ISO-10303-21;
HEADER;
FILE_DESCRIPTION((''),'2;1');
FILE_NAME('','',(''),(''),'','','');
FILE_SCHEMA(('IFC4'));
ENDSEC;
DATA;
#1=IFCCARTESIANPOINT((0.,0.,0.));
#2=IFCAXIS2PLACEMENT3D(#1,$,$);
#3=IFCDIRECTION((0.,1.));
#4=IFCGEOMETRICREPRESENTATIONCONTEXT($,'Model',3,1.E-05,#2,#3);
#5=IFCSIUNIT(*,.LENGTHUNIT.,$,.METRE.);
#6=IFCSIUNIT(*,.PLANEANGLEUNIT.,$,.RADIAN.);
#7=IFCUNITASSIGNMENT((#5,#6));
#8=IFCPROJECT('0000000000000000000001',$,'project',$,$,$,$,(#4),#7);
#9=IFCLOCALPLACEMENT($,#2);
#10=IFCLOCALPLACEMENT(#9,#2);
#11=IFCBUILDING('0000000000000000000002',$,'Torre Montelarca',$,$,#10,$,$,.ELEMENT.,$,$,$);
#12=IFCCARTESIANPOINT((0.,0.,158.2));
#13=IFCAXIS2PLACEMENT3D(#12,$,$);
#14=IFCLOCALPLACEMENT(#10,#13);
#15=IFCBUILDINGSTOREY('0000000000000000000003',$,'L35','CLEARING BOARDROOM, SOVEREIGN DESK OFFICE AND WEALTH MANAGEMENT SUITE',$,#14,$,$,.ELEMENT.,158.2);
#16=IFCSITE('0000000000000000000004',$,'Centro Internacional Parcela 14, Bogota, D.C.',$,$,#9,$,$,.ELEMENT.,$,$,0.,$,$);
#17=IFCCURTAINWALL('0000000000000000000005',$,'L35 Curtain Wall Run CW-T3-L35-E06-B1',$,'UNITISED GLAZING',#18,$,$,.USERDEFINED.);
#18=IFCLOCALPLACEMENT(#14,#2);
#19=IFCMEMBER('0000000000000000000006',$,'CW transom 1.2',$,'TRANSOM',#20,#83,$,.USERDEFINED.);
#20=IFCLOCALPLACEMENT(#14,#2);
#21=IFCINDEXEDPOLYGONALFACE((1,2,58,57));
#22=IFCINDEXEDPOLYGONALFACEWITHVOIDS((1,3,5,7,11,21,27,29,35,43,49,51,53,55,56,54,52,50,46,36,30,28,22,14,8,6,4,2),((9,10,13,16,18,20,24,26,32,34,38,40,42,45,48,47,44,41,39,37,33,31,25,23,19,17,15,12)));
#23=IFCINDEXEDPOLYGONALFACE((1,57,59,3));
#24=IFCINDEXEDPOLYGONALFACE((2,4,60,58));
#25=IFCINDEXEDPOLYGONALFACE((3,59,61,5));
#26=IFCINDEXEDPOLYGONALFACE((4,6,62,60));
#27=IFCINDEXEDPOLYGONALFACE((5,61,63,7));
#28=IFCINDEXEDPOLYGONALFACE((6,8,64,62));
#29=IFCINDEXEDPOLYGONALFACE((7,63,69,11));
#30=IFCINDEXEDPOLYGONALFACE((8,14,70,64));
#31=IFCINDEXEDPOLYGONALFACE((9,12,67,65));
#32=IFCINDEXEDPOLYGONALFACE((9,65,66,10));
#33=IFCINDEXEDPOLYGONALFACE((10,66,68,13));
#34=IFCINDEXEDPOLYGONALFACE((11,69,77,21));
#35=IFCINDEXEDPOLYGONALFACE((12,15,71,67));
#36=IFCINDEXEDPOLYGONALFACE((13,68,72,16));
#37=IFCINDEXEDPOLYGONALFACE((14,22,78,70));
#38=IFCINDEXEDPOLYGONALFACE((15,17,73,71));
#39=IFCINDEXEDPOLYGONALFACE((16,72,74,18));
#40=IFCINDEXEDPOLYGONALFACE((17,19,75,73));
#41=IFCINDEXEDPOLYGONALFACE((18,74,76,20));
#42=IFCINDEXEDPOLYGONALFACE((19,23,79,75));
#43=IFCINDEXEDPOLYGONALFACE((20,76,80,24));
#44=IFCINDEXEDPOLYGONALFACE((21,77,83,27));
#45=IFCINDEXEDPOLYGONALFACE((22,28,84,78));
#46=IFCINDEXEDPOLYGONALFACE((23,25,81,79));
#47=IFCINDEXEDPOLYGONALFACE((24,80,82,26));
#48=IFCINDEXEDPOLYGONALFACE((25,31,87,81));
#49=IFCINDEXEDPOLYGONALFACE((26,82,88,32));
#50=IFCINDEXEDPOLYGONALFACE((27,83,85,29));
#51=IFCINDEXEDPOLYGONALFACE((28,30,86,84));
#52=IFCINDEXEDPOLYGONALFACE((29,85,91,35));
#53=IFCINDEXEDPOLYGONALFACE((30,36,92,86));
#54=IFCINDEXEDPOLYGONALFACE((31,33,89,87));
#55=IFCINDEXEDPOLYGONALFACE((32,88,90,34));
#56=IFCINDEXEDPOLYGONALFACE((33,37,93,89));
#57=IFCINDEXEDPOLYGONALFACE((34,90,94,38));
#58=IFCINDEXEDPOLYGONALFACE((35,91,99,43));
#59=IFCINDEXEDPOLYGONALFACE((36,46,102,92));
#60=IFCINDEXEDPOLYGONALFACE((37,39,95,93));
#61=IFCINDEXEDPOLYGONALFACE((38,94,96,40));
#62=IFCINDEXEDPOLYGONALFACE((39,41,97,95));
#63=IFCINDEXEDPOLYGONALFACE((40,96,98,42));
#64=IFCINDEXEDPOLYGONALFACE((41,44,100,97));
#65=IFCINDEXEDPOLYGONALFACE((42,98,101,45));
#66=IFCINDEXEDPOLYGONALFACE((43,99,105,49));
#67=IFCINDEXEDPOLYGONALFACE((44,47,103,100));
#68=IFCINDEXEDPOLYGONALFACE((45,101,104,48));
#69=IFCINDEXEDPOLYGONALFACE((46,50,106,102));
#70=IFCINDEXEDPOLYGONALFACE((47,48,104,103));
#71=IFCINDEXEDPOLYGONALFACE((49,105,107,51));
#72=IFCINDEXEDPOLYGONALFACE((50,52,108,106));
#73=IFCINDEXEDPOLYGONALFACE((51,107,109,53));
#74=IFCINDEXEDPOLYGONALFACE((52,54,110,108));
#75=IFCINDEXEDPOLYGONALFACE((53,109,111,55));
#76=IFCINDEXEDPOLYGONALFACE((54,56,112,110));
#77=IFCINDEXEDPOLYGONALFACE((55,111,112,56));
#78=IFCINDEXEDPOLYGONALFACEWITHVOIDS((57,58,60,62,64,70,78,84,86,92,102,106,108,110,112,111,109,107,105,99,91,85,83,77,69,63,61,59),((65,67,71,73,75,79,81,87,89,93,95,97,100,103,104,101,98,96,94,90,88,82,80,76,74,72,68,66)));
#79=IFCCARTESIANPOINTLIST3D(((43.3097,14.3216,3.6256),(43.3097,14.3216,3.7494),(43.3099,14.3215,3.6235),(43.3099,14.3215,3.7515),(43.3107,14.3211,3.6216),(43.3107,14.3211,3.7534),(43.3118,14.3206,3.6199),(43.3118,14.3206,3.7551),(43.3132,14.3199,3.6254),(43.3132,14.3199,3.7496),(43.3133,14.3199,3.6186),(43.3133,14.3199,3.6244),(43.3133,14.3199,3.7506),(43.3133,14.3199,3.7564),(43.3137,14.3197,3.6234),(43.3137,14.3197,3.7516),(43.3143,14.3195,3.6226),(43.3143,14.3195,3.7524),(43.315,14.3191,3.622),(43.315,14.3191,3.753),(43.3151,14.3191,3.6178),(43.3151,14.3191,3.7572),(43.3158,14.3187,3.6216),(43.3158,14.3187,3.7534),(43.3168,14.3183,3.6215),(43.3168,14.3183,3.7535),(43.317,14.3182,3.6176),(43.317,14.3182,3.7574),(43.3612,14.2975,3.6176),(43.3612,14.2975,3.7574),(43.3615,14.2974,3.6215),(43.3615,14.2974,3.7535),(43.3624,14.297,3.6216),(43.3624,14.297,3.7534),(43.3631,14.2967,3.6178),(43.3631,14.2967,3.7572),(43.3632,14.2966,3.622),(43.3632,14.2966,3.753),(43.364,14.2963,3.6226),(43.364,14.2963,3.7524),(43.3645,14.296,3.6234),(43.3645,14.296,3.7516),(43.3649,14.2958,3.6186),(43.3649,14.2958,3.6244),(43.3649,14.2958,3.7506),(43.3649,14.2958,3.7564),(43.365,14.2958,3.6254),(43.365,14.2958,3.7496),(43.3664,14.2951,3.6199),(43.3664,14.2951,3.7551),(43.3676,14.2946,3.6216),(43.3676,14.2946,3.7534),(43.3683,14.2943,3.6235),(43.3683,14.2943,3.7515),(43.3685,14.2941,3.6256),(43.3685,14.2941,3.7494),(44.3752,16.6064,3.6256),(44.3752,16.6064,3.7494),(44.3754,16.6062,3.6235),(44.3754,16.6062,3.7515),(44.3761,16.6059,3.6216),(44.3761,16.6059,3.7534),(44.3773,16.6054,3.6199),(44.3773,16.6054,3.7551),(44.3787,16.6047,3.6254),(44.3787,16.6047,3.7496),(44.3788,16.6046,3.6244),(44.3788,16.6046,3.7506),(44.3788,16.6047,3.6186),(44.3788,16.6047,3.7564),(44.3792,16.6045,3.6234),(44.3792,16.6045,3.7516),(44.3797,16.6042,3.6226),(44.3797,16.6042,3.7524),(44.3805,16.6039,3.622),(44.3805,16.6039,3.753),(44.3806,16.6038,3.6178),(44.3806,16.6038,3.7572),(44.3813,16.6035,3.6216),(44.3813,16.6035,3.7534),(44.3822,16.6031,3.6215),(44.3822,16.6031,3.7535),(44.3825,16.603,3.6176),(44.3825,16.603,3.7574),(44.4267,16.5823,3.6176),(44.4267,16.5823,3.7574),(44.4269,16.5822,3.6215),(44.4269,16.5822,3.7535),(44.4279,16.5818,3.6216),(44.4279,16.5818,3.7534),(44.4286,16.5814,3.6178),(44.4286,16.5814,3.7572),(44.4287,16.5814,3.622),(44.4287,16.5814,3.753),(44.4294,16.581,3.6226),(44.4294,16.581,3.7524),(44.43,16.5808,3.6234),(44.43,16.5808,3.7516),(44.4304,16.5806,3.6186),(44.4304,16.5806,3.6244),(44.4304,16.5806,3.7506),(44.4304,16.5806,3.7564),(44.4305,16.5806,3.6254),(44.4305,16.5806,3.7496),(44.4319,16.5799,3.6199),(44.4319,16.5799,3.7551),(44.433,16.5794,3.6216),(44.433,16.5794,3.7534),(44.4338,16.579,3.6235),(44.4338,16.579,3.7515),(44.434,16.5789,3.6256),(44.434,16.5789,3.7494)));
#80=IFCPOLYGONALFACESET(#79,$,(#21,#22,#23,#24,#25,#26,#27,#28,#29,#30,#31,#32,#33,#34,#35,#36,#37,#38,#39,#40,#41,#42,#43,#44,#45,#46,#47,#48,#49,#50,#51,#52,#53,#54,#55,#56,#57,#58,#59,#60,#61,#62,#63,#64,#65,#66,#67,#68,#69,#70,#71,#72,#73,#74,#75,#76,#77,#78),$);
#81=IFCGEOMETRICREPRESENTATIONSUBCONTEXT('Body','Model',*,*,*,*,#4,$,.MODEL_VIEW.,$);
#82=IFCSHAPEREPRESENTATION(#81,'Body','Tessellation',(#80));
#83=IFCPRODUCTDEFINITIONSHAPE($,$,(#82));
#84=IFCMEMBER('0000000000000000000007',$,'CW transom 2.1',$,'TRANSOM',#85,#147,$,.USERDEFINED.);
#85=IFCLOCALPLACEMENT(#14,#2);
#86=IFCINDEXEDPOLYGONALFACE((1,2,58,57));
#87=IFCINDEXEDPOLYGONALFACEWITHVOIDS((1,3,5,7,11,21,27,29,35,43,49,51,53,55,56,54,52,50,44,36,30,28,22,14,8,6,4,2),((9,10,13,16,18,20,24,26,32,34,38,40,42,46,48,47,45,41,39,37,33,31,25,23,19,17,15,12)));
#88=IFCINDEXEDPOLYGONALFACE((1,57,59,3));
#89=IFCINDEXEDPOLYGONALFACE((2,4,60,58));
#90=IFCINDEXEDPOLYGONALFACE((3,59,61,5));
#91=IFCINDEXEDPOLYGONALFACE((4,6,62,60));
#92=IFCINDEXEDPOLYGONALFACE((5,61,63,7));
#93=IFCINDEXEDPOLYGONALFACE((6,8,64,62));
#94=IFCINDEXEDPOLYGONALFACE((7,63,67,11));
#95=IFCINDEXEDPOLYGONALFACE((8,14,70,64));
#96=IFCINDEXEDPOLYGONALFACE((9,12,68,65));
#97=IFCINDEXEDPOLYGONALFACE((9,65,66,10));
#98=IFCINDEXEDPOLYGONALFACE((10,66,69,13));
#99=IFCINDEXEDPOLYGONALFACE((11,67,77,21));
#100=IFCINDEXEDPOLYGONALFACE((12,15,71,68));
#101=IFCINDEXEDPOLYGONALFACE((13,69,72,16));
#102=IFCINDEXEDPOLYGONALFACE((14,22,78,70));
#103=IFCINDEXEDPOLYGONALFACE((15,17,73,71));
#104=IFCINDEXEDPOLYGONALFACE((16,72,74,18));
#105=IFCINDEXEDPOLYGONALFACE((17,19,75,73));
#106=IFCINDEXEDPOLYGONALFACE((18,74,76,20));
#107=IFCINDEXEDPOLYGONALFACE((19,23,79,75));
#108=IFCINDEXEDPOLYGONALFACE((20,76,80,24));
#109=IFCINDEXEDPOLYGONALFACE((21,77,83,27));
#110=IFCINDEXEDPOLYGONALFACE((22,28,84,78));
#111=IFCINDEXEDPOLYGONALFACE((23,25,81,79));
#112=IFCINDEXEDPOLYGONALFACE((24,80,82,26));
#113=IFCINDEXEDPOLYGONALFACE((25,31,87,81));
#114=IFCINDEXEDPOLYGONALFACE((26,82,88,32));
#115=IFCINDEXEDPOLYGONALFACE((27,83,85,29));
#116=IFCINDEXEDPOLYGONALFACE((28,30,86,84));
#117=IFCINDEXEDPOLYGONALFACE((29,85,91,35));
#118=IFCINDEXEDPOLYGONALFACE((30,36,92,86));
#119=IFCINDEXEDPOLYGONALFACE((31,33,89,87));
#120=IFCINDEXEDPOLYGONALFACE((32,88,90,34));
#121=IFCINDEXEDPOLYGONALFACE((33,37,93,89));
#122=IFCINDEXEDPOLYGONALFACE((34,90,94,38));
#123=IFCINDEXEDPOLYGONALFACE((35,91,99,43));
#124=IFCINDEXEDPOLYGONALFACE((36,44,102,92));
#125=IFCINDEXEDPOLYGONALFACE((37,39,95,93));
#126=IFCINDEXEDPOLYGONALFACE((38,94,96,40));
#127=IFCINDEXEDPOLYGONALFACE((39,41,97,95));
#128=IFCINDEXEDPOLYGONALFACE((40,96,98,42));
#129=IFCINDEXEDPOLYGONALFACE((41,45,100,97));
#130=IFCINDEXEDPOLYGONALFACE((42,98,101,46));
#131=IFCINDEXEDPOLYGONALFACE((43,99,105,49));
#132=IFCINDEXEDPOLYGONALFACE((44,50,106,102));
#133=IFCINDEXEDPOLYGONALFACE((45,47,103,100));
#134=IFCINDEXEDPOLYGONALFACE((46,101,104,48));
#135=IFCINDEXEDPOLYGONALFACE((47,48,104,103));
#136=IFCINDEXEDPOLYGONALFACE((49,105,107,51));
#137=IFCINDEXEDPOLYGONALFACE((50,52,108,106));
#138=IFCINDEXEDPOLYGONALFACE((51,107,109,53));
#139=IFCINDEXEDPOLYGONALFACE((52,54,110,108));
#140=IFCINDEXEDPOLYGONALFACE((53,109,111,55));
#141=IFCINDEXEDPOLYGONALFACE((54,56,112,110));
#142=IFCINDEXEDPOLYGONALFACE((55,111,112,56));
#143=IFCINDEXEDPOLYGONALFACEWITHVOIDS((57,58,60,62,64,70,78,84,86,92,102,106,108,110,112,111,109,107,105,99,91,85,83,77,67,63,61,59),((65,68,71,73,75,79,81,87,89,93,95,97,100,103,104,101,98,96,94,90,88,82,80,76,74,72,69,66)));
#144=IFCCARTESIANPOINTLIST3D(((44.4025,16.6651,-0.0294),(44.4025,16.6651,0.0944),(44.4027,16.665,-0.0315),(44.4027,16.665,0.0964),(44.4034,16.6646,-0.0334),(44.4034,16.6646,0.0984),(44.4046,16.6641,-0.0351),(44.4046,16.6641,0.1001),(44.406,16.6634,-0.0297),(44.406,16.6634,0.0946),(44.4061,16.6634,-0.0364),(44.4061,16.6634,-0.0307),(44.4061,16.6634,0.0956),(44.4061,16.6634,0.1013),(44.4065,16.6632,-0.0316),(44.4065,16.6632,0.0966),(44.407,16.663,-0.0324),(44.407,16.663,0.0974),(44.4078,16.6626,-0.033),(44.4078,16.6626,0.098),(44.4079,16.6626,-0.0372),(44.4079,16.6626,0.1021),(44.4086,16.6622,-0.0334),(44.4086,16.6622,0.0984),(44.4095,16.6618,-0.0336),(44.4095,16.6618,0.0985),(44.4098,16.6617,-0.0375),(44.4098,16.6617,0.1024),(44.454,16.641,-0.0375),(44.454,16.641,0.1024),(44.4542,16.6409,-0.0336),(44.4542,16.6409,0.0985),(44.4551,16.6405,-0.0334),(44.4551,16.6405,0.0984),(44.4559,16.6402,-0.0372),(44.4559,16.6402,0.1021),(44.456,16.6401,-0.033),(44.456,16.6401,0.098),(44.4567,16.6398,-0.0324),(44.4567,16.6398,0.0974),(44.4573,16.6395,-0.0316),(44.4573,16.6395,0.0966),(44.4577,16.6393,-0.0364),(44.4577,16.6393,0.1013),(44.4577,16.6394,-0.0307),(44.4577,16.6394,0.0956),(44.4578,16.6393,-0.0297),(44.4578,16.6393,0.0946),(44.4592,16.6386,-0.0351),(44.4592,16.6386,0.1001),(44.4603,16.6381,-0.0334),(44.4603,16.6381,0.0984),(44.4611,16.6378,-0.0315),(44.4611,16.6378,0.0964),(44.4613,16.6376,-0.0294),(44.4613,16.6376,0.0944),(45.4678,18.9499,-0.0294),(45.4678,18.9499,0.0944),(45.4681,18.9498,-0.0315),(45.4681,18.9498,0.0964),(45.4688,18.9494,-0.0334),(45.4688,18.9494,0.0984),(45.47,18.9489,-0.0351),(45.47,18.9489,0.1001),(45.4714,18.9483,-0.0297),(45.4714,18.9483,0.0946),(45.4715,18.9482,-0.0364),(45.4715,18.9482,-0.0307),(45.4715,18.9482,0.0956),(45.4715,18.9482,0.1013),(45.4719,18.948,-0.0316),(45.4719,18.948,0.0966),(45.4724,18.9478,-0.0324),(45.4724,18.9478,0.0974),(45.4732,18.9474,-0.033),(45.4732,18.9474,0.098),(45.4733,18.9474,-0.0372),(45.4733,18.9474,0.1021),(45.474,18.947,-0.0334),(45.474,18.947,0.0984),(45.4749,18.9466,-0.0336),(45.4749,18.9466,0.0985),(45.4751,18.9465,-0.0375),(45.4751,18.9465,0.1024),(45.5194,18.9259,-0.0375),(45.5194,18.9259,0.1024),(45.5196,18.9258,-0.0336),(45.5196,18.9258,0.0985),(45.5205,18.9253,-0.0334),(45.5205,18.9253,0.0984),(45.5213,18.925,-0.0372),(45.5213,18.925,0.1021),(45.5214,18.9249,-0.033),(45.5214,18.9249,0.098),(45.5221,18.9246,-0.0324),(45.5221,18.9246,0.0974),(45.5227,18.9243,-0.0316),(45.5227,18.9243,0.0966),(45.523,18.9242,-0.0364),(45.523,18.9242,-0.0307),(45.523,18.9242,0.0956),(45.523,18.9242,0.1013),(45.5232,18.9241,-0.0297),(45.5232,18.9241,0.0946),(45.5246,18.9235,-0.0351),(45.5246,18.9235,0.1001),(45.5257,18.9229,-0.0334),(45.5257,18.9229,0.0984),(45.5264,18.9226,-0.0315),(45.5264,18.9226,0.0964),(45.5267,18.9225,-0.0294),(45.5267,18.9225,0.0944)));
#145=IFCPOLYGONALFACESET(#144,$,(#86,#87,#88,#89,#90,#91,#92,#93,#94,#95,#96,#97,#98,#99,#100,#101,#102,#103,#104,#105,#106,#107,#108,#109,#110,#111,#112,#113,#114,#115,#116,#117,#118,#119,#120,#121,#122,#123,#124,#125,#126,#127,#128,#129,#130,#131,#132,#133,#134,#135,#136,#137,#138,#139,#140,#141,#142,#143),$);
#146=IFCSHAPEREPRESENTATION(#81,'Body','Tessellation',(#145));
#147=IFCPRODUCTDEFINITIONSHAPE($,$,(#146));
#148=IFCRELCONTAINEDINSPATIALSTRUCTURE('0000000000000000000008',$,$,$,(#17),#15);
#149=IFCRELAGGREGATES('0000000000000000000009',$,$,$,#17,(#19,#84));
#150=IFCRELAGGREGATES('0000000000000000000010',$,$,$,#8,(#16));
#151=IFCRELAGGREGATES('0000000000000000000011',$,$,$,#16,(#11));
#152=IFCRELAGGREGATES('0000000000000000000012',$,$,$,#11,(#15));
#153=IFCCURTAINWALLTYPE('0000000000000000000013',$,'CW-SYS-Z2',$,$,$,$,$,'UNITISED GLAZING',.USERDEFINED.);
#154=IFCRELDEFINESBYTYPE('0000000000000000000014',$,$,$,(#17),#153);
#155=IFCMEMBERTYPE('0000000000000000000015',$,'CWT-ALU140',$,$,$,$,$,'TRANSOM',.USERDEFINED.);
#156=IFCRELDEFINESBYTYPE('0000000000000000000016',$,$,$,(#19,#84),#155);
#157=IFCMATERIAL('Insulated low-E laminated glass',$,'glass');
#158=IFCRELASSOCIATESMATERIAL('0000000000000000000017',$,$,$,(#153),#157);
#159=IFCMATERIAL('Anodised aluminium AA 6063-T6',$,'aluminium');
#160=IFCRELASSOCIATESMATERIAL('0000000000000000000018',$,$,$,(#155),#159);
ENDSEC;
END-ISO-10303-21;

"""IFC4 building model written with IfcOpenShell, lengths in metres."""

from ifc_helpers import new_model, si_unit, direction, frame, origin, origin_2d, place, context, subcontext, project, spatial, hollow_rectangle, extrude, source, transform, mapped, material, material_profile, profile_set, type_object, element, aggregate, save


model = new_model("IFC4")

# Units and contexts
model_context = context("Model", 3, precision=1e-05, world=origin(), true_north=direction((0.0, 1.0)))
body_context = subcontext(model_context, "Body", "Model", "MODEL_VIEW")
ifc_project = project(units=[si_unit("LENGTHUNIT", "METRE"), si_unit("PLANEANGLEUNIT", "RADIAN")], contexts=[model_context])

# Site, building, storey
site_placement = place(None, origin())
site = spatial("IfcSite", under=ifc_project, at=site_placement, Name="Centro Internacional Parcela 14, Bogota, D.C.", CompositionType="ELEMENT", RefElevation=0.0)
building_placement = place(site_placement, origin())
building = spatial("IfcBuilding", under=site, at=building_placement, Name="Torre Montelarca", CompositionType="ELEMENT")
storey_placement = place(building_placement, frame((0.0, 0.0, 158.2)))
storey = spatial("IfcBuildingStorey", under=building, at=storey_placement, Name="L35", Description="CLEARING BOARDROOM, SOVEREIGN DESK OFFICE AND WEALTH MANAGEMENT SUITE", CompositionType="ELEMENT", Elevation=158.2)

# Curtain wall
ifc_material_1 = material(Name="Insulated low-E laminated glass", Category="glass")
curtain_wall_type = type_object("IfcCurtainWallType", Name="CW-SYS-Z2", ElementType="UNITISED GLAZING", PredefinedType="USERDEFINED", material=ifc_material_1)
ifc_material_2 = material(Name="Anodised aluminium AA 6063-T6", Category="aluminium")
ifc_material_profile_1 = material_profile(ifc_material_2, hollow_rectangle(XDim=0.0649, YDim=0.1399, WallThickness=0.0039, InnerFilletRadius=0.0039, OuterFilletRadius=0.0081, at=origin_2d()), Name="ALU65X140X4", Category="aluminium")
ifc_profile_set_1 = profile_set([ifc_material_profile_1], Name="Anodised aluminium AA 6063-T6")
member_type_1 = type_object("IfcMemberType", Name="CWT-ALU140", ElementType="TRANSOM", PredefinedType="USERDEFINED", material=ifc_profile_set_1)
curtain_wall_1_placement = place(storey_placement, origin())
curtain_wall_1 = element("IfcCurtainWall", 1, at=curtain_wall_1_placement, inside=storey, type_object=curtain_wall_type, Name="L35 Curtain Wall Run CW-T3-L35-E06-B1", ObjectType="UNITISED GLAZING", PredefinedType="USERDEFINED")

# Members
shared_shape_1 = source(origin(), body_context, "Body", "SweptSolid", [
    extrude(hollow_rectangle(XDim=0.0649, YDim=0.1399, WallThickness=0.0039, InnerFilletRadius=0.0039, OuterFilletRadius=0.0081, at=origin_2d()), origin(), (0.0, 0.0, 1.0), 2.521),
])
member_1_placement = place(storey_placement, frame((43.3391, 14.3079, 3.6875), z_axis=(0.422642, 0.906297, 0.0), x_axis=(-0.906297, 0.422642, 0.0)))
member_1 = element("IfcMember", 2, at=member_1_placement, type_object=member_type_1, Name="CW transom 1.2", ObjectType="TRANSOM", PredefinedType="USERDEFINED", context=body_context, shape_type="MappedRepresentation", body=[
    mapped(shared_shape_1, transform((0.0, 0.0, 0.0), scale=1.0)),
])
member_2_placement = place(storey_placement, frame((44.4319, 16.6514, 0.0325), z_axis=(0.422604, 0.906314, 0.0), x_axis=(-0.906314, 0.422604, 0.0)))
member_2 = element("IfcMember", 3, at=member_2_placement, type_object=member_type_1, Name="CW transom 2.1", ObjectType="TRANSOM", PredefinedType="USERDEFINED", context=body_context, shape_type="MappedRepresentation", body=[
    mapped(shared_shape_1, transform((0.0, 0.0, 0.0), scale=1.0)),
])

aggregate(curtain_wall_1, [member_1, member_2])

save(model, "model.ifc")
